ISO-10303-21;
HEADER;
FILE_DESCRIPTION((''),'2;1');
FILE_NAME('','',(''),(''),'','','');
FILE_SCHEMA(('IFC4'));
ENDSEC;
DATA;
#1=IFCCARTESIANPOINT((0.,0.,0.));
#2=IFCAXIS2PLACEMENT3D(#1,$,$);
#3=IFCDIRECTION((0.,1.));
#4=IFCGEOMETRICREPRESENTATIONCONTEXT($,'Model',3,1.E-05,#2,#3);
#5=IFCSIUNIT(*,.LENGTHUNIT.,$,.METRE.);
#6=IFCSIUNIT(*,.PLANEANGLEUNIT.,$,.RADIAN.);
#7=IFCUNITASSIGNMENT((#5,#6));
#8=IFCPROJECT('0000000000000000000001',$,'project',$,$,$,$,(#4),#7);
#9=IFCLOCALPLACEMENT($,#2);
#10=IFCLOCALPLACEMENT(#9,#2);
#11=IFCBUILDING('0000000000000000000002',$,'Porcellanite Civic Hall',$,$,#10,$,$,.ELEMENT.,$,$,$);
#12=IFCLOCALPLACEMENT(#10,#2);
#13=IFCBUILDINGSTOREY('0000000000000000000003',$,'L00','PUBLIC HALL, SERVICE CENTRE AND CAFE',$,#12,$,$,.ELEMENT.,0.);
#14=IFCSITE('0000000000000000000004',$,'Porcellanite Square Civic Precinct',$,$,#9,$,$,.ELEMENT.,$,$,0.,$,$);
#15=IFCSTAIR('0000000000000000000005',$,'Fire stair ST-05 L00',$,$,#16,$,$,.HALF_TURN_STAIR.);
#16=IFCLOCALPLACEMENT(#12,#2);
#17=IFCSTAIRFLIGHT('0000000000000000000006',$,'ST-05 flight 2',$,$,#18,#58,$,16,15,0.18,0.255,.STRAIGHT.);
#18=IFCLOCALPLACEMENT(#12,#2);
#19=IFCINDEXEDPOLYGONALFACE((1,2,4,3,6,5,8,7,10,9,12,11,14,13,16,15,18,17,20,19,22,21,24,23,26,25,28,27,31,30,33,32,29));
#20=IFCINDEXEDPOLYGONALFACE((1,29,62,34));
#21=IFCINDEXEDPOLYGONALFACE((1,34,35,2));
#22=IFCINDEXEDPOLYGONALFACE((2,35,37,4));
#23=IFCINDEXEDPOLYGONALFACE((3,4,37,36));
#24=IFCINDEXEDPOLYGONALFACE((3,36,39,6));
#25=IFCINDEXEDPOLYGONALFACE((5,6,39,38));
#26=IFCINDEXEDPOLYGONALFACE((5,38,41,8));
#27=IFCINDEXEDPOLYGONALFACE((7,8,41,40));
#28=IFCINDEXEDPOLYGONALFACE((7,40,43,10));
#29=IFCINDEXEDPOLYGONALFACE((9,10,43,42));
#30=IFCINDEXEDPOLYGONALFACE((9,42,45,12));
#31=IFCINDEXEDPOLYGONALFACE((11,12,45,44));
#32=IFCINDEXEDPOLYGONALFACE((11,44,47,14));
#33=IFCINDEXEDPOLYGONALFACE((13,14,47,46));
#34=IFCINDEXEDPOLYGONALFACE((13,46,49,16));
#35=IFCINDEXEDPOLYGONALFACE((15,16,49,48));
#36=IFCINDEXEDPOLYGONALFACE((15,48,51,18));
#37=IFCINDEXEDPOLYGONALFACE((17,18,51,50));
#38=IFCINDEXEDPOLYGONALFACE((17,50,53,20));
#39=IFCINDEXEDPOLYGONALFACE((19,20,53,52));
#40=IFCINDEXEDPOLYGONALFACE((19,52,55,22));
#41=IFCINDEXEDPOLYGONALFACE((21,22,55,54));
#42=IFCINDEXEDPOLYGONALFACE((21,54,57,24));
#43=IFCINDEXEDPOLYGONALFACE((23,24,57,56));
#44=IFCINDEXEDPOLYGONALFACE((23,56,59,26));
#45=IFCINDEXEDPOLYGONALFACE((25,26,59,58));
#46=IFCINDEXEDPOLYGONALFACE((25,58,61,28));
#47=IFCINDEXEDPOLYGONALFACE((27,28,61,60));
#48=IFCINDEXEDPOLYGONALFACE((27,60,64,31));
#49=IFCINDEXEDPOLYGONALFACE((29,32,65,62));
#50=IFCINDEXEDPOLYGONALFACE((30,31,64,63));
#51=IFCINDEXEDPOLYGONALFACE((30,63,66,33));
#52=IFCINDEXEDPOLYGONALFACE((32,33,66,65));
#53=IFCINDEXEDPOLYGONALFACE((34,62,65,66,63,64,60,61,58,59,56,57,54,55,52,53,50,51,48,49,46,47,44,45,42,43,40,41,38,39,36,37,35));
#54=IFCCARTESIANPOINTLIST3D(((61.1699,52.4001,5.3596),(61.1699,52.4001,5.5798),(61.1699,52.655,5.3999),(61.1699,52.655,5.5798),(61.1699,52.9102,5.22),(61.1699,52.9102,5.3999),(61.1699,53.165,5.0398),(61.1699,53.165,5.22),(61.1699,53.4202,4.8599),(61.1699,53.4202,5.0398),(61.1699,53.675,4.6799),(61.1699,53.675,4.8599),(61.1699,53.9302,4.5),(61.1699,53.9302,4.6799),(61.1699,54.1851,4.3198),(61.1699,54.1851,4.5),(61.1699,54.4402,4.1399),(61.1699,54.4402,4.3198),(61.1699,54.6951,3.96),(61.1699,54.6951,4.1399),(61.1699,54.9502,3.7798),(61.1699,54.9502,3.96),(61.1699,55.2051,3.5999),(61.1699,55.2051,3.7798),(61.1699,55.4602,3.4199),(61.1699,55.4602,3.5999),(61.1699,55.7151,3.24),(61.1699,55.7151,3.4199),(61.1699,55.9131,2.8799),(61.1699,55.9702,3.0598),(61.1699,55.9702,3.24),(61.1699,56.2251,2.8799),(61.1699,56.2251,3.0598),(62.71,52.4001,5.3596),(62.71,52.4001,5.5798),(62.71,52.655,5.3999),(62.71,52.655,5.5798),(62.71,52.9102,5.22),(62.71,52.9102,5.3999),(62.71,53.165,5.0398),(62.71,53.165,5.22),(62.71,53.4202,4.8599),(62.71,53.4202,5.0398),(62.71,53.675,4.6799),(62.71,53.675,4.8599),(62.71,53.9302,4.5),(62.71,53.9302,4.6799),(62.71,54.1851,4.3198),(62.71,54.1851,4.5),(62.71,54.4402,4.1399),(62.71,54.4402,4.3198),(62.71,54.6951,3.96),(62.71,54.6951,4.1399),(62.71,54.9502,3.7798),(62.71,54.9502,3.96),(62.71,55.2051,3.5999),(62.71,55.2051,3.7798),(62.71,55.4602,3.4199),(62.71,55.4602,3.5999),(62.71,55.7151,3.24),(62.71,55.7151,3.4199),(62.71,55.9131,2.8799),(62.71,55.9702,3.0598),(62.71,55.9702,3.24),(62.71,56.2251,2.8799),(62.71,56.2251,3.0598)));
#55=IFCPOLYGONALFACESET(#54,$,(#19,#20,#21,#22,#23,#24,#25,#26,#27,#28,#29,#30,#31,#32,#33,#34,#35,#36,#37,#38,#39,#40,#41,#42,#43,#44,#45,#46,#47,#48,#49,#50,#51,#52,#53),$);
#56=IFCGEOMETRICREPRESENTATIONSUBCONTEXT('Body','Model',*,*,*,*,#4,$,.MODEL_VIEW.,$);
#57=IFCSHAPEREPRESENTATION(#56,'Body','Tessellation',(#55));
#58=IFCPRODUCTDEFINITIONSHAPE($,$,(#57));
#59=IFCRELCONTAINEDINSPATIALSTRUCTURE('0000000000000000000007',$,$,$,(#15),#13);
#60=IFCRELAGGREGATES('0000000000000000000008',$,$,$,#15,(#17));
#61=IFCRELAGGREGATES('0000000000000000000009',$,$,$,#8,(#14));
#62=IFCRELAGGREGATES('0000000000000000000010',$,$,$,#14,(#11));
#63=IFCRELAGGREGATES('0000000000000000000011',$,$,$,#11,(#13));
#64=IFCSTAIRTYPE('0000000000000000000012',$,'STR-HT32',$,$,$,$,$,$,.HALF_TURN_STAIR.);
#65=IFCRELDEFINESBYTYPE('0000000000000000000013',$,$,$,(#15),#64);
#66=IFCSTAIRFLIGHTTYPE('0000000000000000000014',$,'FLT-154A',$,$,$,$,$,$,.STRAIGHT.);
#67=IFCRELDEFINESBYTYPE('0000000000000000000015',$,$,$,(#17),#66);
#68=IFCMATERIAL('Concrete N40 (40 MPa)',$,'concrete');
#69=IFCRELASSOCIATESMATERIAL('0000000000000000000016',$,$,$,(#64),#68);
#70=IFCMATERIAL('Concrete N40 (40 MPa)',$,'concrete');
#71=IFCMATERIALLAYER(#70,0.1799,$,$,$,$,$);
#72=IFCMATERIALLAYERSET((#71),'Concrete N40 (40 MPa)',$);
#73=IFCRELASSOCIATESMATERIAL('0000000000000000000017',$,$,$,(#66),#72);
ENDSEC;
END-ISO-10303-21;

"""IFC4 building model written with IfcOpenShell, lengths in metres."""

from ifc_helpers import new_model, si_unit, direction, frame, origin, place, context, subcontext, project, spatial, polyline, outline, extrude, material, layer, layer_set, type_object, element, aggregate, save


model = new_model("IFC4")

# Units and contexts
model_context = context("Model", 3, precision=1e-05, world=origin(), true_north=direction((0.0, 1.0)))
body_context = subcontext(model_context, "Body", "Model", "MODEL_VIEW")
ifc_project = project(units=[si_unit("LENGTHUNIT", "METRE"), si_unit("PLANEANGLEUNIT", "RADIAN")], contexts=[model_context])

# Site, building, storey
site_placement = place(None, origin())
site = spatial("IfcSite", under=ifc_project, at=site_placement, Name="Porcellanite Square Civic Precinct", CompositionType="ELEMENT", RefElevation=0.0)
building_placement = place(site_placement, origin())
building = spatial("IfcBuilding", under=site, at=building_placement, Name="Porcellanite Civic Hall", CompositionType="ELEMENT")
storey_placement = place(building_placement, origin())
storey = spatial("IfcBuildingStorey", under=building, at=storey_placement, Name="L00", Description="PUBLIC HALL, SERVICE CENTRE AND CAFE", CompositionType="ELEMENT", Elevation=0.0)

# Stair, stair flight
ifc_material_1 = material(Name="Concrete N40 (40 MPa)", Category="concrete")
stair_type = type_object("IfcStairType", Name="STR-HT32", PredefinedType="HALF_TURN_STAIR", material=ifc_material_1)
stair_placement = place(storey_placement, origin())
stair = element("IfcStair", 1, at=stair_placement, inside=storey, type_object=stair_type, Name="Fire stair ST-05 L00", PredefinedType="HALF_TURN_STAIR")
ifc_material_2 = material(Name="Concrete N40 (40 MPa)", Category="concrete")
ifc_layer_1 = layer(ifc_material_2, 0.1799)
ifc_layer_set_1 = layer_set([ifc_layer_1], Name="Concrete N40 (40 MPa)")
stair_flight_type = type_object("IfcStairFlightType", Name="FLT-154A", PredefinedType="STRAIGHT", material=ifc_layer_set_1)
stair_flight_1_placement = place(storey_placement, frame((61.9399, 56.2251, 2.8799), z_axis=(0.0, 0.0, 1.0), x_axis=(0.0, -1.0, 0.0)))
stair_flight_1 = element("IfcStairFlight", 2, at=stair_flight_1_placement, type_object=stair_flight_type, Name="ST-05 flight 2", NumberOfRisers=16, NumberOfTreads=15, PredefinedType="STRAIGHT", RiserHeight=0.18, TreadLength=0.255, context=body_context, shape_type="SweptSolid", body=[
    extrude(outline(polyline([(0.0, 0.0), (0.0, 0.1799), (0.2549, 0.1799), (0.2549, 0.3601), (0.51, 0.3601), (0.51, 0.54), (0.7649, 0.54), (0.7649, 0.72), (1.02, 0.72), (1.02, 0.8999), (1.2749, 0.8999), (1.2749, 1.0801), (1.53, 1.0801), (1.53, 1.26), (1.7849, 1.26), (1.7849, 1.4399), (2.04, 1.4399), (2.04, 1.6201), (2.2949, 1.6201), (2.2949, 1.8), (2.55, 1.8), (2.55, 1.98), (2.8049, 1.98), (2.8049, 2.1599), (3.0601, 2.1599), (3.0601, 2.3401), (3.3149, 2.3401), (3.3149, 2.52), (3.5701, 2.52), (3.5701, 2.7), (3.825, 2.7), (3.825, 2.8799), (3.825, 2.4797), (0.312, 0.0), (0.0, 0.0)])), frame((0.0, 0.77, 0.0), z_axis=(0.0, -1.0, 0.0), x_axis=(1.0, 0.0, 0.0)), (0.0, 0.0, 1.0), 1.54),
])
aggregate(stair, [stair_flight_1])

save(model, "model.ifc")
